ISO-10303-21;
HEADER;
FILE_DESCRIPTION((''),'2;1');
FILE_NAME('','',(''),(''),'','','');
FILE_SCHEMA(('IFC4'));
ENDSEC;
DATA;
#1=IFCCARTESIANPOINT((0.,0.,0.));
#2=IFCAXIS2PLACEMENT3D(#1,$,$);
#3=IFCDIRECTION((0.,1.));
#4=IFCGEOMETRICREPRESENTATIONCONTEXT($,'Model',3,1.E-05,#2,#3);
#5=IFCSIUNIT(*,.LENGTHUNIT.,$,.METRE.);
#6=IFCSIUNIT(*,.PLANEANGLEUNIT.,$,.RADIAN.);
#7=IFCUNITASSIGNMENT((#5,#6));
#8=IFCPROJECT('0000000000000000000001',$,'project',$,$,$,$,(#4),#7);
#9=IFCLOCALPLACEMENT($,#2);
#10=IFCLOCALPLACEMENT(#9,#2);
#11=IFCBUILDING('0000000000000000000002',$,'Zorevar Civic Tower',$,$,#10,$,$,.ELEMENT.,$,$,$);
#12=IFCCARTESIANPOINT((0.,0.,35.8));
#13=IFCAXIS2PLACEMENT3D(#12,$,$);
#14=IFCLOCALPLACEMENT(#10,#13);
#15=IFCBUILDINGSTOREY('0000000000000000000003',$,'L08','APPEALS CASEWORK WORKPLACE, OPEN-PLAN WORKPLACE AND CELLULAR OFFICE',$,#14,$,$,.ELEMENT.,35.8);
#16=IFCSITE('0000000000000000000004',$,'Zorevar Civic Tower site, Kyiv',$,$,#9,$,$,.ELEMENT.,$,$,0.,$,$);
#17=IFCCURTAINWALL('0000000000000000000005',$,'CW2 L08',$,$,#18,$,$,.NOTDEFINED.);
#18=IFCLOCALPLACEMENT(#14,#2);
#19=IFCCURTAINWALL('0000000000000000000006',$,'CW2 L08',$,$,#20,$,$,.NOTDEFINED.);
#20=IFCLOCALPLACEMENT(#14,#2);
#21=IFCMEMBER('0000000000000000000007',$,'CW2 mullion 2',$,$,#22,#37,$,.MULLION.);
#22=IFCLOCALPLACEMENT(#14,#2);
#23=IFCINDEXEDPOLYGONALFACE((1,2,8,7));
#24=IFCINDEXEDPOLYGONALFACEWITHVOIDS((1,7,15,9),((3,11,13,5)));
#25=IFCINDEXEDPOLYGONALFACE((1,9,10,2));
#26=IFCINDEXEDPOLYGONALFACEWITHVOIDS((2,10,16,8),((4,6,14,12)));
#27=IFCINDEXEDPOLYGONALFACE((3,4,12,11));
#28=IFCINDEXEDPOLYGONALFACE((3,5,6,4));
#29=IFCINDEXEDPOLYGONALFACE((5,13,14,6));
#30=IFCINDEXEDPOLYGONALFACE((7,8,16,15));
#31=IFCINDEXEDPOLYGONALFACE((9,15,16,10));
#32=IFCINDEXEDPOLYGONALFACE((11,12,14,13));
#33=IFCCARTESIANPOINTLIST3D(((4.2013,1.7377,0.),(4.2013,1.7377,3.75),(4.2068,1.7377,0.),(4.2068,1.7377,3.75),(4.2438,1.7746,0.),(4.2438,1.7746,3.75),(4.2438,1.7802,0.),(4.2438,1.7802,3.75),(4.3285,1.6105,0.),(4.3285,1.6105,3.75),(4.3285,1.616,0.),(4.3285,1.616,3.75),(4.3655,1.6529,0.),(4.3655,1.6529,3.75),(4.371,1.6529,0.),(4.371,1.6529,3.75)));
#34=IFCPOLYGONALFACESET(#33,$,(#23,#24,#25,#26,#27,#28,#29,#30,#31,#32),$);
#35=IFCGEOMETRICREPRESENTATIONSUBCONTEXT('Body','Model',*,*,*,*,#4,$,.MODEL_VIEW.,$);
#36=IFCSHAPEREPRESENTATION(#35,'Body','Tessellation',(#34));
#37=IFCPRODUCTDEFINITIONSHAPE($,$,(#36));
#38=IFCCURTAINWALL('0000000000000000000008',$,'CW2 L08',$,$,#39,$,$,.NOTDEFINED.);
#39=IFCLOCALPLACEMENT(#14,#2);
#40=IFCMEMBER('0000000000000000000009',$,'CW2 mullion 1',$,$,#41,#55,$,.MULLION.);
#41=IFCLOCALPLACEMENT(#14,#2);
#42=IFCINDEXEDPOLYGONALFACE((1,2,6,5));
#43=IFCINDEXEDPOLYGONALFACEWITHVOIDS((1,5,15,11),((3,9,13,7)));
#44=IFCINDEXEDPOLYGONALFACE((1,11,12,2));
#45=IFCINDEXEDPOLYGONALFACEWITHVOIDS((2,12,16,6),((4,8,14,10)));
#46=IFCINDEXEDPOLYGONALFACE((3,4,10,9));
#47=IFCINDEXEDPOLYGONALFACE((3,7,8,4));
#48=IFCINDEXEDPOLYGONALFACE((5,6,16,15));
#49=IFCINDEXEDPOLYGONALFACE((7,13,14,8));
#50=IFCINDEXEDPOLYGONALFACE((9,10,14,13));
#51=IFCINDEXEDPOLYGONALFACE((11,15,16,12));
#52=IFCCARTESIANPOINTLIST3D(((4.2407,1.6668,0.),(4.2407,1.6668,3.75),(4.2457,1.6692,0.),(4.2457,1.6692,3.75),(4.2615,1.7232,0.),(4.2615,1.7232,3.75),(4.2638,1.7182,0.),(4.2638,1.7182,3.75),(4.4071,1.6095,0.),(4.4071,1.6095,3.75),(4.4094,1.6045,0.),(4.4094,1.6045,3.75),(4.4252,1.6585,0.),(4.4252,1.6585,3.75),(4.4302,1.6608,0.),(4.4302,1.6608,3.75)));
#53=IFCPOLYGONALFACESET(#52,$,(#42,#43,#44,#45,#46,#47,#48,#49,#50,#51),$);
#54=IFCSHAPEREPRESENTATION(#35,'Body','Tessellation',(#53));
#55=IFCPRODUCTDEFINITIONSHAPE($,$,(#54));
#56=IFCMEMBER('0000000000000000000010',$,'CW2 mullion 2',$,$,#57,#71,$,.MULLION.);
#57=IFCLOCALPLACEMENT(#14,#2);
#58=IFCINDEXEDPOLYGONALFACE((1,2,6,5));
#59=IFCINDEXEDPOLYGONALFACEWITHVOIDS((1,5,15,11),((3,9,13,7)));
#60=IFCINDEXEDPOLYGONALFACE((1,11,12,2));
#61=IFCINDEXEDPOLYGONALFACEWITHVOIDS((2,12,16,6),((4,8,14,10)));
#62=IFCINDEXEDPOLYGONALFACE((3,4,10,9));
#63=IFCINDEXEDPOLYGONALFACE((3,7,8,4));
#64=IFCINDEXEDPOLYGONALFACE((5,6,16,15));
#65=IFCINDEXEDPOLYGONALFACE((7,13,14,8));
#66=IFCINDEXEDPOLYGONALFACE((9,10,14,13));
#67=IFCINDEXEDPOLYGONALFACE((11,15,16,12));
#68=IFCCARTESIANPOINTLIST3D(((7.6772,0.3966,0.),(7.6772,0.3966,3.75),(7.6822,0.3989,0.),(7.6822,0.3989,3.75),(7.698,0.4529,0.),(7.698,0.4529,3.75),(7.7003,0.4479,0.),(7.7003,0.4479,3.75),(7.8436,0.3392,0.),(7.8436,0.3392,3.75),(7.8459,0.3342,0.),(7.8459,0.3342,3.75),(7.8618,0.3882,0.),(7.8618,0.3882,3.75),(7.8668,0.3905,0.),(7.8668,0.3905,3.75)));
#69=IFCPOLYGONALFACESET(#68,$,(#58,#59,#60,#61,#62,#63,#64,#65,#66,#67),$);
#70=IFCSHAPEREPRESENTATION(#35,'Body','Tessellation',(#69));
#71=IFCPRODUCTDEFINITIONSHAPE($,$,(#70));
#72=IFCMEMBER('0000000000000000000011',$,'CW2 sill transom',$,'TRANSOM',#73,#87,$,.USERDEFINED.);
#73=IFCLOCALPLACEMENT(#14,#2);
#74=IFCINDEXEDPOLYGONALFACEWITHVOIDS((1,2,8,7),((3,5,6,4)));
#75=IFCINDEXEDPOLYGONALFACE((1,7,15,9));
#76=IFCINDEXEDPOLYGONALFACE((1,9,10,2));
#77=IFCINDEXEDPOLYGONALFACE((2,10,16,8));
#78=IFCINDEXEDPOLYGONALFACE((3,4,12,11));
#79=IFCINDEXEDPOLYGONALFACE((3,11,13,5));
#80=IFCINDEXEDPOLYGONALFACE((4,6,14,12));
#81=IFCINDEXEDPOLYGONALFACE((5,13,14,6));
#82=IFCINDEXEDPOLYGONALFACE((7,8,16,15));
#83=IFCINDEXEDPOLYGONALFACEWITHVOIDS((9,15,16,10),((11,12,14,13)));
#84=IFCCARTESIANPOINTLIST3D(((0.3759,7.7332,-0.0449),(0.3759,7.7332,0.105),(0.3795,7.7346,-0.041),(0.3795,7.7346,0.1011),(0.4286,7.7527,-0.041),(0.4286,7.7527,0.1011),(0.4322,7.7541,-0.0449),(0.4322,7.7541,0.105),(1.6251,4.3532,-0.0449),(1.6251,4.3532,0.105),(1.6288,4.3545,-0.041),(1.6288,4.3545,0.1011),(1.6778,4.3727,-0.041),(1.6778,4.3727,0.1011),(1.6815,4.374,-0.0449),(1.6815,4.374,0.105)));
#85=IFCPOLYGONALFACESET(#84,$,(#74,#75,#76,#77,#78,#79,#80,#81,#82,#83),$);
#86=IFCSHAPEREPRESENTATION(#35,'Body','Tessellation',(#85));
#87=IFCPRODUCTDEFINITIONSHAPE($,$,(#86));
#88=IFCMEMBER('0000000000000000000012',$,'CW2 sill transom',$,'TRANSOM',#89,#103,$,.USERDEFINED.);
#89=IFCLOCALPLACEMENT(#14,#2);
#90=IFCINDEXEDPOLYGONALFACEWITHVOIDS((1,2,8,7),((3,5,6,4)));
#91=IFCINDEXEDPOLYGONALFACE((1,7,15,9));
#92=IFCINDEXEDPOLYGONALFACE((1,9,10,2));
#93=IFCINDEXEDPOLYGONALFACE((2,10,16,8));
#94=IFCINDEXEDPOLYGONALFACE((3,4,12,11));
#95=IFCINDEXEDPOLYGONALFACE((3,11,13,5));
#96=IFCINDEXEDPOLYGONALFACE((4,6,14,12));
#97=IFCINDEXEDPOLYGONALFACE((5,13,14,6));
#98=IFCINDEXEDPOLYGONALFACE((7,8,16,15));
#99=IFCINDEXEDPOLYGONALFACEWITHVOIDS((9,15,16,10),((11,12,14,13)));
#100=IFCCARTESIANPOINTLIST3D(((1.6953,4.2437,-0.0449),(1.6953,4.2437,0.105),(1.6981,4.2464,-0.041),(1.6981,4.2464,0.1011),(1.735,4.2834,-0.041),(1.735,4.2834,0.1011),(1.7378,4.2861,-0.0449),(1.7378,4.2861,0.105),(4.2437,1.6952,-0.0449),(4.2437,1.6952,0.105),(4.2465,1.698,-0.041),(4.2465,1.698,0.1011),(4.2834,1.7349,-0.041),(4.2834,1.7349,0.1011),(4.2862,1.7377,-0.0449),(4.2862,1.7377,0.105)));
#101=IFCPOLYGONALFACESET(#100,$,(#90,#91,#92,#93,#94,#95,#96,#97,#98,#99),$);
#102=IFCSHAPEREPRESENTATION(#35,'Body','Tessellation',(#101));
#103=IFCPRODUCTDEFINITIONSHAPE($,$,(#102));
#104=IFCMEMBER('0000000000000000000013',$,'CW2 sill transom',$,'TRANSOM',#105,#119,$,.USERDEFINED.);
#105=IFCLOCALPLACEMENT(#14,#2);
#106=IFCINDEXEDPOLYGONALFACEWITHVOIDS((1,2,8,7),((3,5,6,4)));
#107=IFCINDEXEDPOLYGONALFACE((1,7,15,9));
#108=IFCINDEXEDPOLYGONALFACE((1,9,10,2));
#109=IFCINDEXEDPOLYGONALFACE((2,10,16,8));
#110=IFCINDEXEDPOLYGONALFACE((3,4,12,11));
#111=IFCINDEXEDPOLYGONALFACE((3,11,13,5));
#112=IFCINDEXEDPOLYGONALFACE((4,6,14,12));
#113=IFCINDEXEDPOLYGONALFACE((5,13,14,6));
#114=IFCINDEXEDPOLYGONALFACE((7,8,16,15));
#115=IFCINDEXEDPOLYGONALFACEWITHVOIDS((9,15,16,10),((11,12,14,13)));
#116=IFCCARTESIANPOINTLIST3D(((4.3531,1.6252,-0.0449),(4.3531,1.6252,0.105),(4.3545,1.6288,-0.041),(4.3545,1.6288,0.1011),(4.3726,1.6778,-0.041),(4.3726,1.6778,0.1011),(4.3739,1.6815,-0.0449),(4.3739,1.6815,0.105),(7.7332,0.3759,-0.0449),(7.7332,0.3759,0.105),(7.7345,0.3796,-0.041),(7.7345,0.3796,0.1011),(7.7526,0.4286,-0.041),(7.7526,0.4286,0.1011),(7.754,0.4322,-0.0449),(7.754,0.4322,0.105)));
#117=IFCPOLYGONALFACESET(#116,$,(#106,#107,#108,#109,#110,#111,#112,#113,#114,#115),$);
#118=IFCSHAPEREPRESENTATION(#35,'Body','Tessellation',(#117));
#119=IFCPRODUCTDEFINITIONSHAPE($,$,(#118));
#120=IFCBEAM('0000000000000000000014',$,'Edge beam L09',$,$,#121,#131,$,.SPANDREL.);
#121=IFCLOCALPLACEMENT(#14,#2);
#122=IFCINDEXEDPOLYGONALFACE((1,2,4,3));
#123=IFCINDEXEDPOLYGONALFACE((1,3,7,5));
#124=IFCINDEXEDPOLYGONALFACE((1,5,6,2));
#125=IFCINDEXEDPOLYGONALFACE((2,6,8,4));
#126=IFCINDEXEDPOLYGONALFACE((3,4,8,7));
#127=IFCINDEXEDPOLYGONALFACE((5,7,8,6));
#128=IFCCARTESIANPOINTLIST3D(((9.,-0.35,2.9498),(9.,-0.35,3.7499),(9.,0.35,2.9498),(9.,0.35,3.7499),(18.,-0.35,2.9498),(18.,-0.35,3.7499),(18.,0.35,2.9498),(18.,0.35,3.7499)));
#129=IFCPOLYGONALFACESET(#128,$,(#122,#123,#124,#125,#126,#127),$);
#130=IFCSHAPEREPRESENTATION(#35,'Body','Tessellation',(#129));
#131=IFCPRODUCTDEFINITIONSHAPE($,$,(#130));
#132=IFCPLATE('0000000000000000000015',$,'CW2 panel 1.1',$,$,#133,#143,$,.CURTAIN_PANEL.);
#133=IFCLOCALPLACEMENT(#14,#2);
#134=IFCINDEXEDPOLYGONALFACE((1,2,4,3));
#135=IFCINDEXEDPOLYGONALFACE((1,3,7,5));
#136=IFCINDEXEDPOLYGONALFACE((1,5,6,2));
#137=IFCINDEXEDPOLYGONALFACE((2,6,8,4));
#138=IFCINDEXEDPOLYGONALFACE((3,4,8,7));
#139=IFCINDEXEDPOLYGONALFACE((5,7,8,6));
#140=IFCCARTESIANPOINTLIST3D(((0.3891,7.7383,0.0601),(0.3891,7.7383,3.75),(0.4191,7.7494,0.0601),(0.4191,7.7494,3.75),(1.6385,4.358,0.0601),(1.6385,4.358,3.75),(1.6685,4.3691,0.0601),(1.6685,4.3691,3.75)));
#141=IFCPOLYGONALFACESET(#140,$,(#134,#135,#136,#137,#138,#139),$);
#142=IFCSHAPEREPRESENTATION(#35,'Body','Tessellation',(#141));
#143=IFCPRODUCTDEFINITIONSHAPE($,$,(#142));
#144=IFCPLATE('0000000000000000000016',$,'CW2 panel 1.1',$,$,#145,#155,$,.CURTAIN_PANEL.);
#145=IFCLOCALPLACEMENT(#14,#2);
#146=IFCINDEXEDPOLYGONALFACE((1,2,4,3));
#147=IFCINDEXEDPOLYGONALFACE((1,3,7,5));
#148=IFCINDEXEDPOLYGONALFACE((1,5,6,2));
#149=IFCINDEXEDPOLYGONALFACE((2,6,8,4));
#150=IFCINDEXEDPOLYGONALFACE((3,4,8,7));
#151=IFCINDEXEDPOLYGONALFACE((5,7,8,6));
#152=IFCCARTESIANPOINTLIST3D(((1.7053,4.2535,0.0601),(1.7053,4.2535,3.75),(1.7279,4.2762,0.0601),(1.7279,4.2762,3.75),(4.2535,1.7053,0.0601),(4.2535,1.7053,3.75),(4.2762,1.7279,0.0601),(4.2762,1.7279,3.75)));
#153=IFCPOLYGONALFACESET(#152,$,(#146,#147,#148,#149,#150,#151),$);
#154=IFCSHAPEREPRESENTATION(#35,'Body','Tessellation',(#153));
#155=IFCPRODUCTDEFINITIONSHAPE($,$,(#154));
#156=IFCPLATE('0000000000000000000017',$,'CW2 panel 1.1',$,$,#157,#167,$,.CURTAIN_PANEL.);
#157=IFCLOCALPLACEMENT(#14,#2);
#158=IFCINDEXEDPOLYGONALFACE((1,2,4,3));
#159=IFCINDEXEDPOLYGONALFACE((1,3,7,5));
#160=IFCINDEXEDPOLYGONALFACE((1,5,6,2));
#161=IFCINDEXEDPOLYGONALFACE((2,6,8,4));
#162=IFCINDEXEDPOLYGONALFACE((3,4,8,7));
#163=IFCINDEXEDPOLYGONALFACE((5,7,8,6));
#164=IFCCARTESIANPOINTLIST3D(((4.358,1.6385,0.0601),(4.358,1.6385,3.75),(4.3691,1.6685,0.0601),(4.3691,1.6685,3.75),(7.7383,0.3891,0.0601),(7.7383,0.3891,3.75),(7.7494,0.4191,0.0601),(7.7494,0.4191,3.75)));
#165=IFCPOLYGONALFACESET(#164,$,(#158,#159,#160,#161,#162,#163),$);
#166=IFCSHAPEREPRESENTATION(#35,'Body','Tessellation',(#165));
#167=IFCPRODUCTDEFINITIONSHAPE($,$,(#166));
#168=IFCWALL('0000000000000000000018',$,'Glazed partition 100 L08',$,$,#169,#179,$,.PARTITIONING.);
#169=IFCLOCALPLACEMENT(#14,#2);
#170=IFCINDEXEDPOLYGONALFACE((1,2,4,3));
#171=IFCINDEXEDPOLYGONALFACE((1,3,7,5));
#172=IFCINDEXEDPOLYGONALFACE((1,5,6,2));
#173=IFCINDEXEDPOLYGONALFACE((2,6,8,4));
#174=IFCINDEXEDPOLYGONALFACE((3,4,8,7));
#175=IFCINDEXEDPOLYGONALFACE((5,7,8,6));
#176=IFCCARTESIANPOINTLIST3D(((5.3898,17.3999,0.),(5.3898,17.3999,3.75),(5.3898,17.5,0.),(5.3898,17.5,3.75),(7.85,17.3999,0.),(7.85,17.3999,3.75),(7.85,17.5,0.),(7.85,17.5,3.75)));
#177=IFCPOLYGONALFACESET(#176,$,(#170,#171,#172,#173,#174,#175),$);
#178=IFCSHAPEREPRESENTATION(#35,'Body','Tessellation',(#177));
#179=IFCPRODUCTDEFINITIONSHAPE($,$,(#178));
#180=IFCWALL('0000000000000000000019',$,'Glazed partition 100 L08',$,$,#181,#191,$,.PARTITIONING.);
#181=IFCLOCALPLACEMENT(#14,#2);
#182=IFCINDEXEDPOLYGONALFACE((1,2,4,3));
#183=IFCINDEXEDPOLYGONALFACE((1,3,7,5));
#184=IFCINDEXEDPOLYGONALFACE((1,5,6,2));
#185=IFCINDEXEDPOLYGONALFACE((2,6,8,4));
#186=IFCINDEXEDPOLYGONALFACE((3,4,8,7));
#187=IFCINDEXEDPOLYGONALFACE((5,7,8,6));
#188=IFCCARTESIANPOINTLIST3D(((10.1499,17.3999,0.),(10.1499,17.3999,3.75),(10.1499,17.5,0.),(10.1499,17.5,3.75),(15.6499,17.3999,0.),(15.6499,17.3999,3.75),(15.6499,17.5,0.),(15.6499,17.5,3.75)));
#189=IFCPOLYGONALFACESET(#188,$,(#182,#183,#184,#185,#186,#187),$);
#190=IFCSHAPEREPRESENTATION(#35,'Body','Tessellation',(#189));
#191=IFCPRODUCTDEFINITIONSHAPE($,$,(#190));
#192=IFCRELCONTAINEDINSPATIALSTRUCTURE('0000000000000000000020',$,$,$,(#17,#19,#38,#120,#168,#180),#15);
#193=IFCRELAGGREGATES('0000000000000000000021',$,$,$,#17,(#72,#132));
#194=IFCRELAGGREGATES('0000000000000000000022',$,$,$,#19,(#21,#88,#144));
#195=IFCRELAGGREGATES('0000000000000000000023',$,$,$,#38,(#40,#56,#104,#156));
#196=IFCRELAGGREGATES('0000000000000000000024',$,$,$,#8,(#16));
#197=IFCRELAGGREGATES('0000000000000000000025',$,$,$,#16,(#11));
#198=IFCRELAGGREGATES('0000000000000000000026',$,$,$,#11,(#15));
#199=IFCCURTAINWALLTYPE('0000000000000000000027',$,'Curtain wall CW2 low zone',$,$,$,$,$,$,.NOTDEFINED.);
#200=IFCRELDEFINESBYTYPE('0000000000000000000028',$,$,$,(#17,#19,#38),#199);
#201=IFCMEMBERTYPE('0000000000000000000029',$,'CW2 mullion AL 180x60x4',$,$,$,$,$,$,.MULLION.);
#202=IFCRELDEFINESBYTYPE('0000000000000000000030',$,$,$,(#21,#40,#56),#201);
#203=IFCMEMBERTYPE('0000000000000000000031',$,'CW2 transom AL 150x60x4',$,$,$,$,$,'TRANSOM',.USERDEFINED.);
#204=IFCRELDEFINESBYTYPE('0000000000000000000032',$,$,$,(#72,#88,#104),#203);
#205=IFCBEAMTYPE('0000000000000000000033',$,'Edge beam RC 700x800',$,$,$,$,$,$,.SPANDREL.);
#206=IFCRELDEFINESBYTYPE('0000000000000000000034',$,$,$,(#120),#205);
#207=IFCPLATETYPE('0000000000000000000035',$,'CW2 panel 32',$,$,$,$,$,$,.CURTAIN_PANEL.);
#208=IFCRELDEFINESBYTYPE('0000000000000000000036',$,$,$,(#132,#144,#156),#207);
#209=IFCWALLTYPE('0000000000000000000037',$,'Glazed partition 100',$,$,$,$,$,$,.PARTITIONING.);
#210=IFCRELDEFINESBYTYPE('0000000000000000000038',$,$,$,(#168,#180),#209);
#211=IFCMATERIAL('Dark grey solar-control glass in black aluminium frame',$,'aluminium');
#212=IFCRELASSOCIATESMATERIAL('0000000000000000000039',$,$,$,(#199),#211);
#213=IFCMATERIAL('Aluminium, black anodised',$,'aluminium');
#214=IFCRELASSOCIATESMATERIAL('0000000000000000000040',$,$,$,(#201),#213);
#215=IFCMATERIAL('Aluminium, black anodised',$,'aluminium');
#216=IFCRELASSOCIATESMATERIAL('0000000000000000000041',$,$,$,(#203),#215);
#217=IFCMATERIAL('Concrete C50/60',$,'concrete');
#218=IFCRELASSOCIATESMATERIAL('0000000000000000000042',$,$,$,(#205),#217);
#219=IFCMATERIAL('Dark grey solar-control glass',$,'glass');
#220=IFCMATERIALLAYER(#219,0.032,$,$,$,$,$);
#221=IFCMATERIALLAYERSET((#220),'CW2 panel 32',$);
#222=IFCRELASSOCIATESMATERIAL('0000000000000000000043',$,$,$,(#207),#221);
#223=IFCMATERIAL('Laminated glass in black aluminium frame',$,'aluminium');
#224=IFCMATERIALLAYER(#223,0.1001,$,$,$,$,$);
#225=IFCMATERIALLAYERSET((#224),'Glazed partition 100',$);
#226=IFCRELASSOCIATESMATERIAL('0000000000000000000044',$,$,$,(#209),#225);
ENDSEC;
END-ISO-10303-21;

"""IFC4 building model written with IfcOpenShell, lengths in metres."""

from ifc_helpers import new_model, si_unit, direction, frame, frame_2d, origin, origin_2d, place, context, subcontext, project, spatial, rectangle, hollow_rectangle, extrude, material, layer, layer_set, material_profile, profile_set, type_object, element, aggregate, save


model = new_model("IFC4")

# Units and contexts
model_context = context("Model", 3, precision=1e-05, world=origin(), true_north=direction((0.0, 1.0)))
body_context = subcontext(model_context, "Body", "Model", "MODEL_VIEW")
ifc_project = project(units=[si_unit("LENGTHUNIT", "METRE"), si_unit("PLANEANGLEUNIT", "RADIAN")], contexts=[model_context])

# Site, building, storey
site_placement = place(None, origin())
site = spatial("IfcSite", under=ifc_project, at=site_placement, Name="Zorevar Civic Tower site, Kyiv", CompositionType="ELEMENT", RefElevation=0.0)
building_placement = place(site_placement, origin())
building = spatial("IfcBuilding", under=site, at=building_placement, Name="Zorevar Civic Tower", CompositionType="ELEMENT")
storey_placement = place(building_placement, frame((0.0, 0.0, 35.8)))
storey = spatial("IfcBuildingStorey", under=building, at=storey_placement, Name="L08", Description="APPEALS CASEWORK WORKPLACE, OPEN-PLAN WORKPLACE AND CELLULAR OFFICE", CompositionType="ELEMENT", Elevation=35.8)

# Shared definitions
ifc_material_1 = material(Name="Dark grey solar-control glass in black aluminium frame", Category="aluminium")
curtain_wall_type = type_object("IfcCurtainWallType", Name="Curtain wall CW2 low zone", PredefinedType="NOTDEFINED", material=ifc_material_1)
ifc_material_2 = material(Name="Aluminium, black anodised", Category="aluminium")
ifc_material_profile_1 = material_profile(ifc_material_2, hollow_rectangle(XDim=0.0601, YDim=0.1799, WallThickness=0.0039, at=origin_2d()), Name="AL 180x60x4")
ifc_profile_set_1 = profile_set([ifc_material_profile_1], Name="Aluminium, black anodised")
member_type_1 = type_object("IfcMemberType", Name="CW2 mullion AL 180x60x4", PredefinedType="MULLION", material=ifc_profile_set_1)

# Curtain walls, members
curtain_wall_1_placement = place(storey_placement, origin())
curtain_wall_1 = element("IfcCurtainWall", 1, at=curtain_wall_1_placement, inside=storey, type_object=curtain_wall_type, Name="CW2 L08", PredefinedType="NOTDEFINED")
curtain_wall_2_placement = place(storey_placement, origin())
curtain_wall_2 = element("IfcCurtainWall", 2, at=curtain_wall_2_placement, inside=storey, type_object=curtain_wall_type, Name="CW2 L08", PredefinedType="NOTDEFINED")
member_1_placement = place(storey_placement, frame((4.2861, 1.6953, 0.0), z_axis=(0.0, 0.0, 1.0), x_axis=(0.707107, 0.707107, 0.0)))
member_1 = element("IfcMember", 3, at=member_1_placement, type_object=member_type_1, Name="CW2 mullion 2", PredefinedType="MULLION", context=body_context, shape_type="SweptSolid", body=[
    extrude(hollow_rectangle(XDim=0.0601, YDim=0.1799, WallThickness=0.0039, at=origin_2d()), origin(), (0.0, 0.0, 1.0), 3.75),
])
curtain_wall_3_placement = place(storey_placement, origin())
curtain_wall_3 = element("IfcCurtainWall", 4, at=curtain_wall_3_placement, inside=storey, type_object=curtain_wall_type, Name="CW2 L08", PredefinedType="NOTDEFINED")
member_2_placement = place(storey_placement, frame((4.3354, 1.6638, 0.0), z_axis=(0.0, 0.0, 1.0), x_axis=(0.346704, 0.937975, 0.0)))
member_2 = element("IfcMember", 5, at=member_2_placement, type_object=member_type_1, Name="CW2 mullion 1", PredefinedType="MULLION", context=body_context, shape_type="SweptSolid", body=[
    extrude(hollow_rectangle(XDim=0.0601, YDim=0.1799, WallThickness=0.0039, at=origin_2d()), origin(), (0.0, 0.0, 1.0), 3.75),
])
member_3_placement = place(storey_placement, frame((7.772, 0.3936, 0.0), z_axis=(0.0, 0.0, 1.0), x_axis=(0.346704, 0.937975, 0.0)))
member_3 = element("IfcMember", 6, at=member_3_placement, type_object=member_type_1, Name="CW2 mullion 2", PredefinedType="MULLION", context=body_context, shape_type="SweptSolid", body=[
    extrude(hollow_rectangle(XDim=0.0601, YDim=0.1799, WallThickness=0.0039, at=origin_2d()), origin(), (0.0, 0.0, 1.0), 3.75),
])

# Members
ifc_material_3 = material(Name="Aluminium, black anodised", Category="aluminium")
ifc_material_profile_2 = material_profile(ifc_material_3, hollow_rectangle(XDim=0.0601, YDim=0.1499, WallThickness=0.0039, at=origin_2d()), Name="AL 150x60x4")
ifc_profile_set_2 = profile_set([ifc_material_profile_2], Name="Aluminium, black anodised")
member_type_2 = type_object("IfcMemberType", Name="CW2 transom AL 150x60x4", ElementType="TRANSOM", PredefinedType="USERDEFINED", material=ifc_profile_set_2)
member_4_placement = place(storey_placement, frame((0.4041, 7.7437, 0.03), z_axis=(0.346672, -0.937986, 0.0), x_axis=(0.937986, 0.346672, 0.0)))
member_4 = element("IfcMember", 7, at=member_4_placement, type_object=member_type_2, Name="CW2 sill transom", ObjectType="TRANSOM", PredefinedType="USERDEFINED", context=body_context, shape_type="SweptSolid", body=[
    extrude(hollow_rectangle(XDim=0.0601, YDim=0.1499, WallThickness=0.0039, at=origin_2d()), origin(), (0.0, 0.0, 1.0), 3.6035),
])
member_5_placement = place(storey_placement, frame((1.7166, 4.2649, 0.03), z_axis=(0.707107, -0.707107, 0.0), x_axis=(0.707107, 0.707107, 0.0)))
member_5 = element("IfcMember", 8, at=member_5_placement, type_object=member_type_2, Name="CW2 sill transom", ObjectType="TRANSOM", PredefinedType="USERDEFINED", context=body_context, shape_type="SweptSolid", body=[
    extrude(hollow_rectangle(XDim=0.0601, YDim=0.1499, WallThickness=0.0039, at=origin_2d()), origin(), (0.0, 0.0, 1.0), 3.604),
])
member_6_placement = place(storey_placement, frame((4.3635, 1.6533, 0.03), z_axis=(0.937986, -0.346672, 0.0), x_axis=(0.346672, 0.937986, 0.0)))
member_6 = element("IfcMember", 9, at=member_6_placement, type_object=member_type_2, Name="CW2 sill transom", ObjectType="TRANSOM", PredefinedType="USERDEFINED", context=body_context, shape_type="SweptSolid", body=[
    extrude(hollow_rectangle(XDim=0.0601, YDim=0.1499, WallThickness=0.0039, at=origin_2d()), origin(), (0.0, 0.0, 1.0), 3.6035),
])

# Beam
ifc_material_4 = material(Name="Concrete C50/60", Category="concrete")
ifc_material_profile_3 = material_profile(ifc_material_4, rectangle(XDim=0.7, YDim=0.8, at=origin_2d()), Name="RC 700x800")
ifc_profile_set_3 = profile_set([ifc_material_profile_3], Name="Concrete C50/60")
beam_type_1 = type_object("IfcBeamType", Name="Edge beam RC 700x800", PredefinedType="SPANDREL", material=ifc_profile_set_3)
beam_1_placement = place(storey_placement, frame((9.0, 0.0, 3.3499), z_axis=(1.0, 0.0, 0.0), x_axis=(0.0, 1.0, 0.0)))
element("IfcBeam", 10, at=beam_1_placement, inside=storey, type_object=beam_type_1, Name="Edge beam L09", PredefinedType="SPANDREL", context=body_context, shape_type="SweptSolid", body=[
    extrude(rectangle(XDim=0.7, YDim=0.8, at=origin_2d()), origin(), (0.0, 0.0, 1.0), 9.0),
])

# Plates
ifc_material_5 = material(Name="Dark grey solar-control glass", Category="glass")
ifc_layer_1 = layer(ifc_material_5, 0.032)
ifc_layer_set_1 = layer_set([ifc_layer_1], Name="CW2 panel 32")
plate_type = type_object("IfcPlateType", Name="CW2 panel 32", PredefinedType="CURTAIN_PANEL", material=ifc_layer_set_1)
plate_1_placement = place(storey_placement, frame((1.0288, 6.0537, 0.0601), z_axis=(0.0, 0.0, 1.0), x_axis=(0.346704, -0.937975, 0.0)))
plate_1 = element("IfcPlate", 11, at=plate_1_placement, type_object=plate_type, Name="CW2 panel 1.1", PredefinedType="CURTAIN_PANEL", context=body_context, shape_type="SweptSolid", body=[
    extrude(rectangle(XDim=3.6038, YDim=0.032, at=origin_2d()), origin(), (0.0, 0.0, 1.0), 3.6899),
])
aggregate(curtain_wall_1, [member_4, plate_1])
plate_2_placement = place(storey_placement, frame((2.9907, 2.9907, 0.0601), z_axis=(0.0, 0.0, 1.0), x_axis=(0.707107, -0.707107, 0.0)))
plate_2 = element("IfcPlate", 12, at=plate_2_placement, type_object=plate_type, Name="CW2 panel 1.1", PredefinedType="CURTAIN_PANEL", context=body_context, shape_type="SweptSolid", body=[
    extrude(rectangle(XDim=3.6038, YDim=0.032, at=origin_2d()), origin(), (0.0, 0.0, 1.0), 3.6899),
])
aggregate(curtain_wall_2, [member_1, member_5, plate_2])
plate_3_placement = place(storey_placement, frame((6.0537, 1.0288, 0.0601), z_axis=(0.0, 0.0, 1.0), x_axis=(0.937975, -0.346704, 0.0)))
plate_3 = element("IfcPlate", 13, at=plate_3_placement, type_object=plate_type, Name="CW2 panel 1.1", PredefinedType="CURTAIN_PANEL", context=body_context, shape_type="SweptSolid", body=[
    extrude(rectangle(XDim=3.6038, YDim=0.032, at=origin_2d()), origin(), (0.0, 0.0, 1.0), 3.6899),
])
aggregate(curtain_wall_3, [member_2, member_3, member_6, plate_3])

# Walls
ifc_material_6 = material(Name="Laminated glass in black aluminium frame", Category="aluminium")
ifc_layer_2 = layer(ifc_material_6, 0.1001)
ifc_layer_set_2 = layer_set([ifc_layer_2], Name="Glazed partition 100")
wall_type_1 = type_object("IfcWallType", Name="Glazed partition 100", PredefinedType="PARTITIONING", material=ifc_layer_set_2)
wall_1_placement = place(storey_placement, frame((5.3899, 17.45, 0.0), z_axis=(0.0, 0.0, 1.0), x_axis=(1.0, 0.0, 0.0)))
element("IfcWall", 14, at=wall_1_placement, inside=storey, type_object=wall_type_1, Name="Glazed partition 100 L08", PredefinedType="PARTITIONING", context=body_context, shape_type="SweptSolid", body=[
    extrude(rectangle(XDim=2.4602, YDim=0.1001, at=frame_2d((1.23, 0.0))), origin(), (0.0, 0.0, 1.0), 3.75),
])
wall_2_placement = place(storey_placement, frame((10.1499, 17.45, 0.0), z_axis=(0.0, 0.0, 1.0), x_axis=(1.0, 0.0, 0.0)))
element("IfcWall", 15, at=wall_2_placement, inside=storey, type_object=wall_type_1, Name="Glazed partition 100 L08", PredefinedType="PARTITIONING", context=body_context, shape_type="SweptSolid", body=[
    extrude(rectangle(XDim=5.5, YDim=0.1001, at=frame_2d((2.75, 0.0))), origin(), (0.0, 0.0, 1.0), 3.75),
])

save(model, "model.ifc")
